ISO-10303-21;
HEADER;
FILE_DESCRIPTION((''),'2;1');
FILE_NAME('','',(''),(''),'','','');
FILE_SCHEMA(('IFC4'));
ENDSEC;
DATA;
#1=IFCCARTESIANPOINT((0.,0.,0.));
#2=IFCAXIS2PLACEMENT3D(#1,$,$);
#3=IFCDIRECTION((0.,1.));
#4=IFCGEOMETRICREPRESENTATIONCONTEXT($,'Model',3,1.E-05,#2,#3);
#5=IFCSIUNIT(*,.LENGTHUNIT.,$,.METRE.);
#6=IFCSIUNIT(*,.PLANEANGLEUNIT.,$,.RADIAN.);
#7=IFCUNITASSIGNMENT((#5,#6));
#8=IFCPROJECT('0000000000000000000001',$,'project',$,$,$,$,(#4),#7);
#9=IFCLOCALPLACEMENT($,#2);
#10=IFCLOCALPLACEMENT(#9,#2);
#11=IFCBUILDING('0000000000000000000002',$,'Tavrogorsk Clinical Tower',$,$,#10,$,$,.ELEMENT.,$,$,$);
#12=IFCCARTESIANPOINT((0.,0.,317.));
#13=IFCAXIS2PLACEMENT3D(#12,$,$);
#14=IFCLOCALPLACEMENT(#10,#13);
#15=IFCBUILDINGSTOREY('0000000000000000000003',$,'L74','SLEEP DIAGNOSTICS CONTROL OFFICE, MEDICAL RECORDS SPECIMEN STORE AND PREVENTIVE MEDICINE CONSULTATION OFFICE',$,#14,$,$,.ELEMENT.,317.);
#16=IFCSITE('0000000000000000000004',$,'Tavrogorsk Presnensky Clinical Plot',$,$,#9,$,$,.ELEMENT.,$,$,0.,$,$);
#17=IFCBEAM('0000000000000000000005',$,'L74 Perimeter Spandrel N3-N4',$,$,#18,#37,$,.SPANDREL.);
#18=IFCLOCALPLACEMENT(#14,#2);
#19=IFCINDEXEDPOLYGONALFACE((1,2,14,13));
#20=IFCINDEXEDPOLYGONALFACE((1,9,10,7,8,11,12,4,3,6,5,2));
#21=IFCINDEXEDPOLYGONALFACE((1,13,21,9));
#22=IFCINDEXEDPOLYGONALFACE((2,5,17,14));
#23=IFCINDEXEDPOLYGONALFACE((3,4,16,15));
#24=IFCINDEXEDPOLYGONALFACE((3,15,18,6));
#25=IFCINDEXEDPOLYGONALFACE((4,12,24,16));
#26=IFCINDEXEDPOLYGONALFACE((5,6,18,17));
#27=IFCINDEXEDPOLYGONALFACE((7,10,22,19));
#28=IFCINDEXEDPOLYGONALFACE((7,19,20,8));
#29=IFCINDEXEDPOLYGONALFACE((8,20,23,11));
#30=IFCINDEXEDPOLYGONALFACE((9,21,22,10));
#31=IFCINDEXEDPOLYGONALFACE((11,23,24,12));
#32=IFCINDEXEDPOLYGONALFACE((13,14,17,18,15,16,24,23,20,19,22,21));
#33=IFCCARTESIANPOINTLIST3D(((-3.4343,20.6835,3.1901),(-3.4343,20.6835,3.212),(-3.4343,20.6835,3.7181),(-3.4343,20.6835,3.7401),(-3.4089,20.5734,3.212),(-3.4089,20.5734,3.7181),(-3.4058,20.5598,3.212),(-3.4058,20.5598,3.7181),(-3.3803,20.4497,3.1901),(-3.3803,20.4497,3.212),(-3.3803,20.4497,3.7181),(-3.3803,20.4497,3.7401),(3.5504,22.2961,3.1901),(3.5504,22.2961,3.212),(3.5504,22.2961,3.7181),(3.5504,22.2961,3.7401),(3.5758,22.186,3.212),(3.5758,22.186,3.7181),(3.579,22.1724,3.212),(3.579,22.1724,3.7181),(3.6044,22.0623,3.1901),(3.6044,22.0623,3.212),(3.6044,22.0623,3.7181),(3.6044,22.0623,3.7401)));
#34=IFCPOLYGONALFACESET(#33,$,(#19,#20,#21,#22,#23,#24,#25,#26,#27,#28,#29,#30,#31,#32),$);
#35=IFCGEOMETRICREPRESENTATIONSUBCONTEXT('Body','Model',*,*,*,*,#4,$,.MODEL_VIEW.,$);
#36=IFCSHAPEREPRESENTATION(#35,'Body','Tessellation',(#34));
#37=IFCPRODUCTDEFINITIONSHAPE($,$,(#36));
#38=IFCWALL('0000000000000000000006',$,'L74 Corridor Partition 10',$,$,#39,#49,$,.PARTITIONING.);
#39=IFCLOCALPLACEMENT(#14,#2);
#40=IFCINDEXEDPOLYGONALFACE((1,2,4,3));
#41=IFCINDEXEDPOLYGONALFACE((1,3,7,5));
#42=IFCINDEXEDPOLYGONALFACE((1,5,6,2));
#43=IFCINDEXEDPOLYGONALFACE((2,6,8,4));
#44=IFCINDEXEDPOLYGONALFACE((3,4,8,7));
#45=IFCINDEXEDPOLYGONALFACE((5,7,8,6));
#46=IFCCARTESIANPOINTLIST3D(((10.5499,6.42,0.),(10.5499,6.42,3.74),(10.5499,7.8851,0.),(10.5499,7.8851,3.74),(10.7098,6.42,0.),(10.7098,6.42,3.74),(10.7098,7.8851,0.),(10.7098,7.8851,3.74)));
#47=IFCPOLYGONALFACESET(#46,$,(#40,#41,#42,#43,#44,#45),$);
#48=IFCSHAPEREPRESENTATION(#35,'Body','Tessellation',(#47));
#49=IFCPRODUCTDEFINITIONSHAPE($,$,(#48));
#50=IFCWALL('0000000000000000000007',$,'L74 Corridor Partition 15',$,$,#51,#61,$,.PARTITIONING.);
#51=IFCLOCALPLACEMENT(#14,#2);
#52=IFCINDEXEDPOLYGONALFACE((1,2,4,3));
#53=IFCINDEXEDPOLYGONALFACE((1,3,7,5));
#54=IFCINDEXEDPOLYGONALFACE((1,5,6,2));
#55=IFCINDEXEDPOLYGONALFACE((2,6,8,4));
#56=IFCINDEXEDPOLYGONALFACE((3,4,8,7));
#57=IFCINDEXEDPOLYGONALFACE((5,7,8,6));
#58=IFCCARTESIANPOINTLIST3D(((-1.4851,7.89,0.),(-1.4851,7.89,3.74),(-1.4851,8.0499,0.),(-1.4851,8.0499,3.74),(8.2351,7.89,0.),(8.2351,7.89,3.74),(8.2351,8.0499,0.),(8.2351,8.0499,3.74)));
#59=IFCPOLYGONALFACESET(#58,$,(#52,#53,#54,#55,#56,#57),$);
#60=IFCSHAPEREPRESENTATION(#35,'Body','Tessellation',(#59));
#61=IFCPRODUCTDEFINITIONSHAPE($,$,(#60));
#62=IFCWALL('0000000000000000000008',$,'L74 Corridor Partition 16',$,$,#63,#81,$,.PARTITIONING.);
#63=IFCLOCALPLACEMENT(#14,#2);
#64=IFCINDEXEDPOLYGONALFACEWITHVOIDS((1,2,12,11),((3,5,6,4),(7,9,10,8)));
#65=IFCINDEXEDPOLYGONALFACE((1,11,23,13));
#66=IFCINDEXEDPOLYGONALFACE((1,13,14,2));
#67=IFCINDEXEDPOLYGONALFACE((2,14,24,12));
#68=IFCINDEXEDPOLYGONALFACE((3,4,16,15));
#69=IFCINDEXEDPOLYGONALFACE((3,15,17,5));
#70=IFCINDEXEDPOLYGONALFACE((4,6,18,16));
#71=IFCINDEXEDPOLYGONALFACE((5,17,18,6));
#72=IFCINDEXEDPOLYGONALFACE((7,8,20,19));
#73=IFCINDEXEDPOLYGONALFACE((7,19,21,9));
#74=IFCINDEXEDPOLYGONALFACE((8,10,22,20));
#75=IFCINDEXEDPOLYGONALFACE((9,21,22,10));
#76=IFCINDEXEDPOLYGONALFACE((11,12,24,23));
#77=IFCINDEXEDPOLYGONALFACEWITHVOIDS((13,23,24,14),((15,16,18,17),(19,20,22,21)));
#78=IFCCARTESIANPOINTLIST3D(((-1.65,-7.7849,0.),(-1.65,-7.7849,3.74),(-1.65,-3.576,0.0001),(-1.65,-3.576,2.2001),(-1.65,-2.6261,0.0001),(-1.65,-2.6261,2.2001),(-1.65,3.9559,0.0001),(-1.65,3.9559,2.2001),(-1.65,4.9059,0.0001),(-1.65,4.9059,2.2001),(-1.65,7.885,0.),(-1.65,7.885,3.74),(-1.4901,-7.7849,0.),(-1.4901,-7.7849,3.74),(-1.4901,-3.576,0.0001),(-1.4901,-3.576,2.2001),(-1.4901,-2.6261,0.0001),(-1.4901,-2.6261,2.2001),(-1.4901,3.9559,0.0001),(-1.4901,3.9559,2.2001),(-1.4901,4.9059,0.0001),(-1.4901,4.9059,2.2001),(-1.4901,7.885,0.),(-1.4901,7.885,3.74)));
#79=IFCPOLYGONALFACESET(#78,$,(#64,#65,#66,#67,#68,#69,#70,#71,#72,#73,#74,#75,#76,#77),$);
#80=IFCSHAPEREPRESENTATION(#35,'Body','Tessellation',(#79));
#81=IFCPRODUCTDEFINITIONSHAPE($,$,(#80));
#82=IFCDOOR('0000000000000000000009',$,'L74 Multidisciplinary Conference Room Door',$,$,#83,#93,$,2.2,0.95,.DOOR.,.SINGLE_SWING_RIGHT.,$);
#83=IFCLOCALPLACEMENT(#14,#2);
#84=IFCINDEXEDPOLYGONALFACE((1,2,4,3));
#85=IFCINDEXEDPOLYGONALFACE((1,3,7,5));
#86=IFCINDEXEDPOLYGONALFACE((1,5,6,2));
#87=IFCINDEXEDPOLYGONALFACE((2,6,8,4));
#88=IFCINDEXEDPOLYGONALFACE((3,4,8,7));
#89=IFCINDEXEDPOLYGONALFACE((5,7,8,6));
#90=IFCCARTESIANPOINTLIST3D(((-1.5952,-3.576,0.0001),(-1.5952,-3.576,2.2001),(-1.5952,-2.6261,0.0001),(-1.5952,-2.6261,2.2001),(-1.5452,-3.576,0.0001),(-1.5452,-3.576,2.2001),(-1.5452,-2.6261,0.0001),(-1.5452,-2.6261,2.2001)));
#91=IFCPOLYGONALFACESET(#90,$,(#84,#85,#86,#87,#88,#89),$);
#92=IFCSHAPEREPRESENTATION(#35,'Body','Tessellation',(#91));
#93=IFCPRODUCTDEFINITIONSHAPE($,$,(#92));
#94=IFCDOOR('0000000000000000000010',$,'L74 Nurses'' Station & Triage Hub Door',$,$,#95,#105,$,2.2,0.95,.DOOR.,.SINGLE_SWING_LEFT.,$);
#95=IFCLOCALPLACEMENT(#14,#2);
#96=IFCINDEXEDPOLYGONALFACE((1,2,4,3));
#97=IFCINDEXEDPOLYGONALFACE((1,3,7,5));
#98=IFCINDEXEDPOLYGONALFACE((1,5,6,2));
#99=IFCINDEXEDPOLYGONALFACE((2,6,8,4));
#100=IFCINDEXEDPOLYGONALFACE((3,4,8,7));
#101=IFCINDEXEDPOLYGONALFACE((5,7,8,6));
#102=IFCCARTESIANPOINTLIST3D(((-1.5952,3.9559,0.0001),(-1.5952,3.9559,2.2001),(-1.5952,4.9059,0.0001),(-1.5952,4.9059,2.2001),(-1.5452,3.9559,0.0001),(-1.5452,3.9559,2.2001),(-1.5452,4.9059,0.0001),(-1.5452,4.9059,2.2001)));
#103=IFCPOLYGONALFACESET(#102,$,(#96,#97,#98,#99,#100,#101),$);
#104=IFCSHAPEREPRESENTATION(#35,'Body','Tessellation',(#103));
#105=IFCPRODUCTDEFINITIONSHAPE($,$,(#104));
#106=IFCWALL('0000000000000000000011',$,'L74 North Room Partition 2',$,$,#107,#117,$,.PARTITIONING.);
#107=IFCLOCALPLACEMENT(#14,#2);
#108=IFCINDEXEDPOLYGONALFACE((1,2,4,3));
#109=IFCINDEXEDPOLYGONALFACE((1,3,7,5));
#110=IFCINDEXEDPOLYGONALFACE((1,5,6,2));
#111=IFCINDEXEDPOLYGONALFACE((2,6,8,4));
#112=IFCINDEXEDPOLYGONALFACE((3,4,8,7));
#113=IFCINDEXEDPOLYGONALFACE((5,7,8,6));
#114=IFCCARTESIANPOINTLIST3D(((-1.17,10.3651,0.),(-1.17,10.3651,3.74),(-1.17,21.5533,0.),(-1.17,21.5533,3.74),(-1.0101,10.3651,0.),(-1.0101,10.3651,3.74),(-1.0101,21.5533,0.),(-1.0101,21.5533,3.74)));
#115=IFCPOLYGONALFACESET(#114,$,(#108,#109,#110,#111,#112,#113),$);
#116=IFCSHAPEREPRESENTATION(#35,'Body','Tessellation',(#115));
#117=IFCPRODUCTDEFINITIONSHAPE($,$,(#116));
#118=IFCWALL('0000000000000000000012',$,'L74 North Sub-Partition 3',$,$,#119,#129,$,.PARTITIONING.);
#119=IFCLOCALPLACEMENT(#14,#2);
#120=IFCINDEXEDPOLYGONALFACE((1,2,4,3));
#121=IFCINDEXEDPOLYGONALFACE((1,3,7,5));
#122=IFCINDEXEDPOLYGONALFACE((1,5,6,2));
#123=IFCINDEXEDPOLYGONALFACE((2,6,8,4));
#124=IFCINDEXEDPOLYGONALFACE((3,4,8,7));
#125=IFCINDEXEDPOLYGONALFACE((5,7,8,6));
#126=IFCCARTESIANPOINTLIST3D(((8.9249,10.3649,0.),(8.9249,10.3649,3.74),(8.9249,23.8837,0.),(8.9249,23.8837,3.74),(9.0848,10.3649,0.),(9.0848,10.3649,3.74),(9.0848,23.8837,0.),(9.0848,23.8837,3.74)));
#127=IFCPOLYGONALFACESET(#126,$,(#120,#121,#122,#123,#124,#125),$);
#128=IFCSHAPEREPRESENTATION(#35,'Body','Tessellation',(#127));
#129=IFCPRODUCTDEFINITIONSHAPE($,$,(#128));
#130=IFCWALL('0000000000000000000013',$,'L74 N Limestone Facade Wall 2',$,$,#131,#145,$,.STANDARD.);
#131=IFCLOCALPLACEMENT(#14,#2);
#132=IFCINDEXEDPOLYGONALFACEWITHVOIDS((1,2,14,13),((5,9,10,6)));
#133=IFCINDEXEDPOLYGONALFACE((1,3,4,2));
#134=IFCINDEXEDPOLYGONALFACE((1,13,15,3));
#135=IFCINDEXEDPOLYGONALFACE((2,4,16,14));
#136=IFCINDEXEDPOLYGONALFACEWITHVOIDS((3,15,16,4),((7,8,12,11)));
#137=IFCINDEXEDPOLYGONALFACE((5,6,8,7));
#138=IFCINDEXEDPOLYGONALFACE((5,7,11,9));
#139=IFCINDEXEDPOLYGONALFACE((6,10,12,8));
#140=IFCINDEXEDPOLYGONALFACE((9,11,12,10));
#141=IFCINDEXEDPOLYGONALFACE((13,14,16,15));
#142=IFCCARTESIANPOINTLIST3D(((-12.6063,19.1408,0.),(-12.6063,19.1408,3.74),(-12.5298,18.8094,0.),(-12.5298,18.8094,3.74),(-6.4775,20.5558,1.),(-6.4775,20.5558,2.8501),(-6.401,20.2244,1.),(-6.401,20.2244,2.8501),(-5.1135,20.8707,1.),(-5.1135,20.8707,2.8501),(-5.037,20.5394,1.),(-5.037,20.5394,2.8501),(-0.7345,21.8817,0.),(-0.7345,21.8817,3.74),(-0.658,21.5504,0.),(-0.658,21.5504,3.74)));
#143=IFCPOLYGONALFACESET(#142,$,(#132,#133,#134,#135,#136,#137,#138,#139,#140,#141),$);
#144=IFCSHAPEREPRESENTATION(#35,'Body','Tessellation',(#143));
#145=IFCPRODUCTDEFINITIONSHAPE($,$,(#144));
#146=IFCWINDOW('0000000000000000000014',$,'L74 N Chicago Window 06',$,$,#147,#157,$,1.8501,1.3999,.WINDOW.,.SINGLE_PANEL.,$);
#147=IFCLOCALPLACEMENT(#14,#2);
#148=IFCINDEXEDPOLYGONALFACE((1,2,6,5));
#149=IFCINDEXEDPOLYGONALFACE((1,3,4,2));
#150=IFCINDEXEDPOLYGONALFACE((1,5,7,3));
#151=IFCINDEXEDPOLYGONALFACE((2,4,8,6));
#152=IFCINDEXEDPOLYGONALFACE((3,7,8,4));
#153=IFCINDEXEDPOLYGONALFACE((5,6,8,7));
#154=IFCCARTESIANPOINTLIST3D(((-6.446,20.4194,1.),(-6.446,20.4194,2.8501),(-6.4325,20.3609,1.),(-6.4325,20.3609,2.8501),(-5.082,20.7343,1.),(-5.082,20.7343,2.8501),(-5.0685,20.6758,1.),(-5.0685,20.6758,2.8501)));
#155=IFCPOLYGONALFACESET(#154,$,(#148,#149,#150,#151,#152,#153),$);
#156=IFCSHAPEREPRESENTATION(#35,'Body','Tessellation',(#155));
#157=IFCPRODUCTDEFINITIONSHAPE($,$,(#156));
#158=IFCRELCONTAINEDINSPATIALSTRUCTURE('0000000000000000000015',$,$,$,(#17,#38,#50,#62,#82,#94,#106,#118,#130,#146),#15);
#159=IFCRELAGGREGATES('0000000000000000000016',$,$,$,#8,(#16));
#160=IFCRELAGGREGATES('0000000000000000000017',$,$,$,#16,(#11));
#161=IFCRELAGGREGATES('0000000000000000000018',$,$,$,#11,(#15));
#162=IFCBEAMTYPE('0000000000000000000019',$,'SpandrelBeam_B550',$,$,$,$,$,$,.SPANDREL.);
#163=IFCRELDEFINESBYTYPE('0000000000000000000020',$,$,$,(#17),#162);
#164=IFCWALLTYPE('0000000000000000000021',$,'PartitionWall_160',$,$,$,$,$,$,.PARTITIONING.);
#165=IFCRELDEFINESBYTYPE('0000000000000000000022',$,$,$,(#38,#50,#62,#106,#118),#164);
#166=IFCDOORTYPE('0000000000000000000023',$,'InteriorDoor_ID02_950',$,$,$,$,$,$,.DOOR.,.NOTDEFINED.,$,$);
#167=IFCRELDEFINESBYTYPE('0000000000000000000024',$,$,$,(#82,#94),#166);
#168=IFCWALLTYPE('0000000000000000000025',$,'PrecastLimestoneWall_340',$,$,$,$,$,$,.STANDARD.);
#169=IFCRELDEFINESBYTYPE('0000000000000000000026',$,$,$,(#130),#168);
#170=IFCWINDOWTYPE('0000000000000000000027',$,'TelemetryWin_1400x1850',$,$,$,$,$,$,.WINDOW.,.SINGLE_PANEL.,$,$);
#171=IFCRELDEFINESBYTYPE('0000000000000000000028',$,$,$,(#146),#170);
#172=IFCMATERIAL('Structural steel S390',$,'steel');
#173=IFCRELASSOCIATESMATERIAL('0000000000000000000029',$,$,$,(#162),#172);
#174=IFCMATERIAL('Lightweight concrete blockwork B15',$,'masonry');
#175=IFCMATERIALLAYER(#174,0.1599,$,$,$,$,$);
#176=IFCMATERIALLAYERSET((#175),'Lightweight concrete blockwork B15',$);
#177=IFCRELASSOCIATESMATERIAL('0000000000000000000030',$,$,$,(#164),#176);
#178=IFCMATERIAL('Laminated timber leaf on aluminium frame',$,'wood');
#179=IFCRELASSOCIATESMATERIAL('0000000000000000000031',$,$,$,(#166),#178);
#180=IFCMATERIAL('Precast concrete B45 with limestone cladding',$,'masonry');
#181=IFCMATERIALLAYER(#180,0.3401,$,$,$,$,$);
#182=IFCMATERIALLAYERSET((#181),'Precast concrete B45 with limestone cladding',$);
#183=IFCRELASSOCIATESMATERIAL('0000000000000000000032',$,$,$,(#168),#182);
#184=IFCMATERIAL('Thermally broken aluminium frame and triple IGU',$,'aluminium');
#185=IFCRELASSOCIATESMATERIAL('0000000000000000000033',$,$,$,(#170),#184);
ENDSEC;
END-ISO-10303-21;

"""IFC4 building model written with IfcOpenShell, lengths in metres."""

from ifc_helpers import new_model, si_unit, direction, frame, frame_2d, origin, origin_2d, place, context, subcontext, project, spatial, rectangle, i_section, extrude, material, layer, layer_set, material_profile, profile_set, type_object, element, fill, save


model = new_model("IFC4")

# Units and contexts
model_context = context("Model", 3, precision=1e-05, world=origin(), true_north=direction((0.0, 1.0)))
body_context = subcontext(model_context, "Body", "Model", "MODEL_VIEW")
ifc_project = project(units=[si_unit("LENGTHUNIT", "METRE"), si_unit("PLANEANGLEUNIT", "RADIAN")], contexts=[model_context])

# Site, building, storey
site_placement = place(None, origin())
site = spatial("IfcSite", under=ifc_project, at=site_placement, Name="Tavrogorsk Presnensky Clinical Plot", CompositionType="ELEMENT", RefElevation=0.0)
building_placement = place(site_placement, origin())
building = spatial("IfcBuilding", under=site, at=building_placement, Name="Tavrogorsk Clinical Tower", CompositionType="ELEMENT")
storey_placement = place(building_placement, frame((0.0, 0.0, 317.0)))
storey = spatial("IfcBuildingStorey", under=building, at=storey_placement, Name="L74", Description="SLEEP DIAGNOSTICS CONTROL OFFICE, MEDICAL RECORDS SPECIMEN STORE AND PREVENTIVE MEDICINE CONSULTATION OFFICE", CompositionType="ELEMENT", Elevation=317.0)

# Beam
ifc_material_1 = material(Name="Structural steel S390", Category="steel")
ifc_material_profile_1 = material_profile(ifc_material_1, i_section(OverallWidth=0.24, OverallDepth=0.55, WebThickness=0.0139, FlangeThickness=0.022, at=origin_2d()), Name="B-550x240x14x22")
ifc_profile_set_1 = profile_set([ifc_material_profile_1], Name="Structural steel S390")
beam_type_1 = type_object("IfcBeamType", Name="SpandrelBeam_B550", PredefinedType="SPANDREL", material=ifc_profile_set_1)
for number, where, z_axis, x_axis, name in (
    (1, (3.5774, 22.1792, 3.4651), (-0.974369, -0.224954, 0.0), (0.224954, -0.974369, 0.0), "L74 Perimeter Spandrel N3-N4"),
):
    element("IfcBeam", number, at=place(storey_placement, frame(where, z_axis=z_axis, x_axis=x_axis)), inside=storey, type_object=beam_type_1, Name=name, PredefinedType="SPANDREL", context=body_context, shape_type="SweptSolid", body=[
        extrude(i_section(OverallWidth=0.24, OverallDepth=0.55, WebThickness=0.0139, FlangeThickness=0.022, at=origin_2d()), origin(), (0.0, 0.0, 1.0), 7.1685),
    ])

# Walls
ifc_material_2 = material(Name="Lightweight concrete blockwork B15", Category="masonry")
ifc_layer_1 = layer(ifc_material_2, 0.1599)
ifc_layer_set_1 = layer_set([ifc_layer_1], Name="Lightweight concrete blockwork B15")
wall_type_1 = type_object("IfcWallType", Name="PartitionWall_160", PredefinedType="PARTITIONING", material=ifc_layer_set_1)
wall_1_placement = place(storey_placement, frame((10.6299, 7.885, 0.0), z_axis=(0.0, 0.0, 1.0), x_axis=(0.0, -1.0, 0.0)))
element("IfcWall", 2, at=wall_1_placement, inside=storey, type_object=wall_type_1, Name="L74 Corridor Partition 10", PredefinedType="PARTITIONING", context=body_context, shape_type="SweptSolid", body=[
    extrude(rectangle(XDim=1.4651, YDim=0.1599, at=frame_2d((0.7324, 0.0))), origin(), (0.0, 0.0, 1.0), 3.74),
])
wall_2_placement = place(storey_placement, frame((8.2351, 7.97, 0.0), z_axis=(0.0, 0.0, 1.0), x_axis=(-1.0, 0.0, 0.0)))
element("IfcWall", 3, at=wall_2_placement, inside=storey, type_object=wall_type_1, Name="L74 Corridor Partition 15", PredefinedType="PARTITIONING", context=body_context, shape_type="SweptSolid", body=[
    extrude(rectangle(XDim=9.7202, YDim=0.1599, at=frame_2d((4.8601, 0.0))), origin(), (0.0, 0.0, 1.0), 3.74),
])

# Wall, openings, doors
wall_3_placement = place(storey_placement, frame((-1.5701, 7.885, 0.0), z_axis=(0.0, 0.0, 1.0), x_axis=(0.0, -1.0, 0.0)))
wall_3 = element("IfcWall", 4, at=wall_3_placement, inside=storey, type_object=wall_type_1, Name="L74 Corridor Partition 16", PredefinedType="PARTITIONING", context=body_context, shape_type="SweptSolid", body=[
    extrude(rectangle(XDim=15.6699, YDim=0.1599, at=frame_2d((7.835, 0.0))), origin(), (0.0, 0.0, 1.0), 3.74),
])
opening_1_placement = place(wall_3_placement, frame((10.511, 0.0, 0.0)))
opening_1 = element("IfcOpeningElement", 5, at=opening_1_placement, cuts=wall_3, PredefinedType="OPENING", context=body_context, shape_type="SweptSolid", body=[
    extrude(rectangle(XDim=0.95, YDim=2.2, at=frame_2d((0.4751, 1.1001))), frame((0.0, 0.0898, 0.0), z_axis=(0.0, -1.0, 0.0), x_axis=(1.0, 0.0, 0.0)), (0.0, 0.0, 1.0), 0.1799),
])
opening_2_placement = place(wall_3_placement, frame((2.979, 0.0, 0.0)))
opening_2 = element("IfcOpeningElement", 6, at=opening_2_placement, cuts=wall_3, PredefinedType="OPENING", context=body_context, shape_type="SweptSolid", body=[
    extrude(rectangle(XDim=0.95, YDim=2.2, at=frame_2d((0.4751, 1.1001))), frame((0.0, 0.0898, 0.0), z_axis=(0.0, -1.0, 0.0), x_axis=(1.0, 0.0, 0.0)), (0.0, 0.0, 1.0), 0.1799),
])
ifc_material_3 = material(Name="Laminated timber leaf on aluminium frame", Category="wood")
door_type = type_object("IfcDoorType", Name="InteriorDoor_ID02_950", OperationType="NOTDEFINED", PredefinedType="DOOR", material=ifc_material_3)
door_1_placement = place(opening_1_placement, origin())
door_1 = element("IfcDoor", 7, at=door_1_placement, inside=storey, type_object=door_type, Name="L74 Multidisciplinary Conference Room Door", OperationType="SINGLE_SWING_RIGHT", OverallHeight=2.2, OverallWidth=0.95, PredefinedType="DOOR", context=body_context, shape_type="SweptSolid", body=[
    extrude(rectangle(XDim=0.95, YDim=2.2, at=frame_2d((0.4751, 1.1001))), frame((0.0, 0.0249, 0.0), z_axis=(0.0, -1.0, 0.0), x_axis=(1.0, 0.0, 0.0)), (0.0, 0.0, 1.0), 0.05),
])
fill(opening_1, door_1)
door_2_placement = place(opening_2_placement, origin())
door_2 = element("IfcDoor", 8, at=door_2_placement, inside=storey, type_object=door_type, Name="L74 Nurses' Station & Triage Hub Door", OperationType="SINGLE_SWING_LEFT", OverallHeight=2.2, OverallWidth=0.95, PredefinedType="DOOR", context=body_context, shape_type="SweptSolid", body=[
    extrude(rectangle(XDim=0.95, YDim=2.2, at=frame_2d((0.4751, 1.1001))), frame((0.0, 0.0249, 0.0), z_axis=(0.0, -1.0, 0.0), x_axis=(1.0, 0.0, 0.0)), (0.0, 0.0, 1.0), 0.05),
])
fill(opening_2, door_2)

# Walls
wall_4_placement = place(storey_placement, frame((-1.0901, 10.365, 0.0), z_axis=(0.0, 0.0, 1.0), x_axis=(0.0, 1.0, 0.0)))
element("IfcWall", 9, at=wall_4_placement, inside=storey, type_object=wall_type_1, Name="L74 North Room Partition 2", PredefinedType="PARTITIONING", context=body_context, shape_type="SweptSolid", body=[
    extrude(rectangle(XDim=11.1882, YDim=0.1599, at=frame_2d((5.5942, 0.0))), origin(), (0.0, 0.0, 1.0), 3.74),
])
wall_5_placement = place(storey_placement, frame((9.0049, 10.365, 0.0), z_axis=(0.0, 0.0, 1.0), x_axis=(0.0, 1.0, 0.0)))
element("IfcWall", 10, at=wall_5_placement, inside=storey, type_object=wall_type_1, Name="L74 North Sub-Partition 3", PredefinedType="PARTITIONING", context=body_context, shape_type="SweptSolid", body=[
    extrude(rectangle(XDim=13.5188, YDim=0.1599, at=frame_2d((6.7593, 0.0))), origin(), (0.0, 0.0, 1.0), 3.74),
])

# Wall, opening, window
ifc_material_4 = material(Name="Precast concrete B45 with limestone cladding", Category="masonry")
ifc_layer_2 = layer(ifc_material_4, 0.3401)
ifc_layer_set_2 = layer_set([ifc_layer_2], Name="Precast concrete B45 with limestone cladding")
wall_type_2 = type_object("IfcWallType", Name="PrecastLimestoneWall_340", PredefinedType="STANDARD", material=ifc_layer_set_2)
wall_6_placement = place(storey_placement, frame((-0.6963, 21.7161, 0.0), z_axis=(0.0, 0.0, 1.0), x_axis=(-0.974368, -0.224962, 0.0)))
wall_6 = element("IfcWall", 11, at=wall_6_placement, inside=storey, type_object=wall_type_2, Name="L74 N Limestone Facade Wall 2", PredefinedType="STANDARD", context=body_context, shape_type="SweptSolid", body=[
    extrude(rectangle(XDim=12.1841, YDim=0.3401, at=frame_2d((6.092, 0.0))), origin(), (0.0, 0.0, 1.0), 3.74),
])
opening_3_placement = place(wall_6_placement, frame((4.4941, 0.0, 1.0)))
opening_3 = element("IfcOpeningElement", 12, at=opening_3_placement, cuts=wall_6, PredefinedType="OPENING", context=body_context, shape_type="SweptSolid", body=[
    extrude(rectangle(XDim=1.3999, YDim=1.8501, at=frame_2d((0.7, 0.925))), frame((0.0, 0.1799, 0.0), z_axis=(0.0, -1.0, 0.0), x_axis=(1.0, 0.0, 0.0)), (0.0, 0.0, 1.0), 0.3601),
])
ifc_material_5 = material(Name="Thermally broken aluminium frame and triple IGU", Category="aluminium")
window_type_1 = type_object("IfcWindowType", Name="TelemetryWin_1400x1850", PartitioningType="SINGLE_PANEL", PredefinedType="WINDOW", material=ifc_material_5)
window_1_placement = place(opening_3_placement, origin())
window_1 = element("IfcWindow", 13, at=window_1_placement, inside=storey, type_object=window_type_1, Name="L74 N Chicago Window 06", OverallHeight=1.8501, OverallWidth=1.3999, PartitioningType="SINGLE_PANEL", PredefinedType="WINDOW", context=body_context, shape_type="SweptSolid", body=[
    extrude(rectangle(XDim=1.3999, YDim=1.8501, at=frame_2d((0.7, 0.925))), frame((0.0, 0.03, 0.0), z_axis=(0.0, -1.0, 0.0), x_axis=(1.0, 0.0, 0.0)), (0.0, 0.0, 1.0), 0.0601),
])
fill(opening_3, window_1)

save(model, "model.ifc")
